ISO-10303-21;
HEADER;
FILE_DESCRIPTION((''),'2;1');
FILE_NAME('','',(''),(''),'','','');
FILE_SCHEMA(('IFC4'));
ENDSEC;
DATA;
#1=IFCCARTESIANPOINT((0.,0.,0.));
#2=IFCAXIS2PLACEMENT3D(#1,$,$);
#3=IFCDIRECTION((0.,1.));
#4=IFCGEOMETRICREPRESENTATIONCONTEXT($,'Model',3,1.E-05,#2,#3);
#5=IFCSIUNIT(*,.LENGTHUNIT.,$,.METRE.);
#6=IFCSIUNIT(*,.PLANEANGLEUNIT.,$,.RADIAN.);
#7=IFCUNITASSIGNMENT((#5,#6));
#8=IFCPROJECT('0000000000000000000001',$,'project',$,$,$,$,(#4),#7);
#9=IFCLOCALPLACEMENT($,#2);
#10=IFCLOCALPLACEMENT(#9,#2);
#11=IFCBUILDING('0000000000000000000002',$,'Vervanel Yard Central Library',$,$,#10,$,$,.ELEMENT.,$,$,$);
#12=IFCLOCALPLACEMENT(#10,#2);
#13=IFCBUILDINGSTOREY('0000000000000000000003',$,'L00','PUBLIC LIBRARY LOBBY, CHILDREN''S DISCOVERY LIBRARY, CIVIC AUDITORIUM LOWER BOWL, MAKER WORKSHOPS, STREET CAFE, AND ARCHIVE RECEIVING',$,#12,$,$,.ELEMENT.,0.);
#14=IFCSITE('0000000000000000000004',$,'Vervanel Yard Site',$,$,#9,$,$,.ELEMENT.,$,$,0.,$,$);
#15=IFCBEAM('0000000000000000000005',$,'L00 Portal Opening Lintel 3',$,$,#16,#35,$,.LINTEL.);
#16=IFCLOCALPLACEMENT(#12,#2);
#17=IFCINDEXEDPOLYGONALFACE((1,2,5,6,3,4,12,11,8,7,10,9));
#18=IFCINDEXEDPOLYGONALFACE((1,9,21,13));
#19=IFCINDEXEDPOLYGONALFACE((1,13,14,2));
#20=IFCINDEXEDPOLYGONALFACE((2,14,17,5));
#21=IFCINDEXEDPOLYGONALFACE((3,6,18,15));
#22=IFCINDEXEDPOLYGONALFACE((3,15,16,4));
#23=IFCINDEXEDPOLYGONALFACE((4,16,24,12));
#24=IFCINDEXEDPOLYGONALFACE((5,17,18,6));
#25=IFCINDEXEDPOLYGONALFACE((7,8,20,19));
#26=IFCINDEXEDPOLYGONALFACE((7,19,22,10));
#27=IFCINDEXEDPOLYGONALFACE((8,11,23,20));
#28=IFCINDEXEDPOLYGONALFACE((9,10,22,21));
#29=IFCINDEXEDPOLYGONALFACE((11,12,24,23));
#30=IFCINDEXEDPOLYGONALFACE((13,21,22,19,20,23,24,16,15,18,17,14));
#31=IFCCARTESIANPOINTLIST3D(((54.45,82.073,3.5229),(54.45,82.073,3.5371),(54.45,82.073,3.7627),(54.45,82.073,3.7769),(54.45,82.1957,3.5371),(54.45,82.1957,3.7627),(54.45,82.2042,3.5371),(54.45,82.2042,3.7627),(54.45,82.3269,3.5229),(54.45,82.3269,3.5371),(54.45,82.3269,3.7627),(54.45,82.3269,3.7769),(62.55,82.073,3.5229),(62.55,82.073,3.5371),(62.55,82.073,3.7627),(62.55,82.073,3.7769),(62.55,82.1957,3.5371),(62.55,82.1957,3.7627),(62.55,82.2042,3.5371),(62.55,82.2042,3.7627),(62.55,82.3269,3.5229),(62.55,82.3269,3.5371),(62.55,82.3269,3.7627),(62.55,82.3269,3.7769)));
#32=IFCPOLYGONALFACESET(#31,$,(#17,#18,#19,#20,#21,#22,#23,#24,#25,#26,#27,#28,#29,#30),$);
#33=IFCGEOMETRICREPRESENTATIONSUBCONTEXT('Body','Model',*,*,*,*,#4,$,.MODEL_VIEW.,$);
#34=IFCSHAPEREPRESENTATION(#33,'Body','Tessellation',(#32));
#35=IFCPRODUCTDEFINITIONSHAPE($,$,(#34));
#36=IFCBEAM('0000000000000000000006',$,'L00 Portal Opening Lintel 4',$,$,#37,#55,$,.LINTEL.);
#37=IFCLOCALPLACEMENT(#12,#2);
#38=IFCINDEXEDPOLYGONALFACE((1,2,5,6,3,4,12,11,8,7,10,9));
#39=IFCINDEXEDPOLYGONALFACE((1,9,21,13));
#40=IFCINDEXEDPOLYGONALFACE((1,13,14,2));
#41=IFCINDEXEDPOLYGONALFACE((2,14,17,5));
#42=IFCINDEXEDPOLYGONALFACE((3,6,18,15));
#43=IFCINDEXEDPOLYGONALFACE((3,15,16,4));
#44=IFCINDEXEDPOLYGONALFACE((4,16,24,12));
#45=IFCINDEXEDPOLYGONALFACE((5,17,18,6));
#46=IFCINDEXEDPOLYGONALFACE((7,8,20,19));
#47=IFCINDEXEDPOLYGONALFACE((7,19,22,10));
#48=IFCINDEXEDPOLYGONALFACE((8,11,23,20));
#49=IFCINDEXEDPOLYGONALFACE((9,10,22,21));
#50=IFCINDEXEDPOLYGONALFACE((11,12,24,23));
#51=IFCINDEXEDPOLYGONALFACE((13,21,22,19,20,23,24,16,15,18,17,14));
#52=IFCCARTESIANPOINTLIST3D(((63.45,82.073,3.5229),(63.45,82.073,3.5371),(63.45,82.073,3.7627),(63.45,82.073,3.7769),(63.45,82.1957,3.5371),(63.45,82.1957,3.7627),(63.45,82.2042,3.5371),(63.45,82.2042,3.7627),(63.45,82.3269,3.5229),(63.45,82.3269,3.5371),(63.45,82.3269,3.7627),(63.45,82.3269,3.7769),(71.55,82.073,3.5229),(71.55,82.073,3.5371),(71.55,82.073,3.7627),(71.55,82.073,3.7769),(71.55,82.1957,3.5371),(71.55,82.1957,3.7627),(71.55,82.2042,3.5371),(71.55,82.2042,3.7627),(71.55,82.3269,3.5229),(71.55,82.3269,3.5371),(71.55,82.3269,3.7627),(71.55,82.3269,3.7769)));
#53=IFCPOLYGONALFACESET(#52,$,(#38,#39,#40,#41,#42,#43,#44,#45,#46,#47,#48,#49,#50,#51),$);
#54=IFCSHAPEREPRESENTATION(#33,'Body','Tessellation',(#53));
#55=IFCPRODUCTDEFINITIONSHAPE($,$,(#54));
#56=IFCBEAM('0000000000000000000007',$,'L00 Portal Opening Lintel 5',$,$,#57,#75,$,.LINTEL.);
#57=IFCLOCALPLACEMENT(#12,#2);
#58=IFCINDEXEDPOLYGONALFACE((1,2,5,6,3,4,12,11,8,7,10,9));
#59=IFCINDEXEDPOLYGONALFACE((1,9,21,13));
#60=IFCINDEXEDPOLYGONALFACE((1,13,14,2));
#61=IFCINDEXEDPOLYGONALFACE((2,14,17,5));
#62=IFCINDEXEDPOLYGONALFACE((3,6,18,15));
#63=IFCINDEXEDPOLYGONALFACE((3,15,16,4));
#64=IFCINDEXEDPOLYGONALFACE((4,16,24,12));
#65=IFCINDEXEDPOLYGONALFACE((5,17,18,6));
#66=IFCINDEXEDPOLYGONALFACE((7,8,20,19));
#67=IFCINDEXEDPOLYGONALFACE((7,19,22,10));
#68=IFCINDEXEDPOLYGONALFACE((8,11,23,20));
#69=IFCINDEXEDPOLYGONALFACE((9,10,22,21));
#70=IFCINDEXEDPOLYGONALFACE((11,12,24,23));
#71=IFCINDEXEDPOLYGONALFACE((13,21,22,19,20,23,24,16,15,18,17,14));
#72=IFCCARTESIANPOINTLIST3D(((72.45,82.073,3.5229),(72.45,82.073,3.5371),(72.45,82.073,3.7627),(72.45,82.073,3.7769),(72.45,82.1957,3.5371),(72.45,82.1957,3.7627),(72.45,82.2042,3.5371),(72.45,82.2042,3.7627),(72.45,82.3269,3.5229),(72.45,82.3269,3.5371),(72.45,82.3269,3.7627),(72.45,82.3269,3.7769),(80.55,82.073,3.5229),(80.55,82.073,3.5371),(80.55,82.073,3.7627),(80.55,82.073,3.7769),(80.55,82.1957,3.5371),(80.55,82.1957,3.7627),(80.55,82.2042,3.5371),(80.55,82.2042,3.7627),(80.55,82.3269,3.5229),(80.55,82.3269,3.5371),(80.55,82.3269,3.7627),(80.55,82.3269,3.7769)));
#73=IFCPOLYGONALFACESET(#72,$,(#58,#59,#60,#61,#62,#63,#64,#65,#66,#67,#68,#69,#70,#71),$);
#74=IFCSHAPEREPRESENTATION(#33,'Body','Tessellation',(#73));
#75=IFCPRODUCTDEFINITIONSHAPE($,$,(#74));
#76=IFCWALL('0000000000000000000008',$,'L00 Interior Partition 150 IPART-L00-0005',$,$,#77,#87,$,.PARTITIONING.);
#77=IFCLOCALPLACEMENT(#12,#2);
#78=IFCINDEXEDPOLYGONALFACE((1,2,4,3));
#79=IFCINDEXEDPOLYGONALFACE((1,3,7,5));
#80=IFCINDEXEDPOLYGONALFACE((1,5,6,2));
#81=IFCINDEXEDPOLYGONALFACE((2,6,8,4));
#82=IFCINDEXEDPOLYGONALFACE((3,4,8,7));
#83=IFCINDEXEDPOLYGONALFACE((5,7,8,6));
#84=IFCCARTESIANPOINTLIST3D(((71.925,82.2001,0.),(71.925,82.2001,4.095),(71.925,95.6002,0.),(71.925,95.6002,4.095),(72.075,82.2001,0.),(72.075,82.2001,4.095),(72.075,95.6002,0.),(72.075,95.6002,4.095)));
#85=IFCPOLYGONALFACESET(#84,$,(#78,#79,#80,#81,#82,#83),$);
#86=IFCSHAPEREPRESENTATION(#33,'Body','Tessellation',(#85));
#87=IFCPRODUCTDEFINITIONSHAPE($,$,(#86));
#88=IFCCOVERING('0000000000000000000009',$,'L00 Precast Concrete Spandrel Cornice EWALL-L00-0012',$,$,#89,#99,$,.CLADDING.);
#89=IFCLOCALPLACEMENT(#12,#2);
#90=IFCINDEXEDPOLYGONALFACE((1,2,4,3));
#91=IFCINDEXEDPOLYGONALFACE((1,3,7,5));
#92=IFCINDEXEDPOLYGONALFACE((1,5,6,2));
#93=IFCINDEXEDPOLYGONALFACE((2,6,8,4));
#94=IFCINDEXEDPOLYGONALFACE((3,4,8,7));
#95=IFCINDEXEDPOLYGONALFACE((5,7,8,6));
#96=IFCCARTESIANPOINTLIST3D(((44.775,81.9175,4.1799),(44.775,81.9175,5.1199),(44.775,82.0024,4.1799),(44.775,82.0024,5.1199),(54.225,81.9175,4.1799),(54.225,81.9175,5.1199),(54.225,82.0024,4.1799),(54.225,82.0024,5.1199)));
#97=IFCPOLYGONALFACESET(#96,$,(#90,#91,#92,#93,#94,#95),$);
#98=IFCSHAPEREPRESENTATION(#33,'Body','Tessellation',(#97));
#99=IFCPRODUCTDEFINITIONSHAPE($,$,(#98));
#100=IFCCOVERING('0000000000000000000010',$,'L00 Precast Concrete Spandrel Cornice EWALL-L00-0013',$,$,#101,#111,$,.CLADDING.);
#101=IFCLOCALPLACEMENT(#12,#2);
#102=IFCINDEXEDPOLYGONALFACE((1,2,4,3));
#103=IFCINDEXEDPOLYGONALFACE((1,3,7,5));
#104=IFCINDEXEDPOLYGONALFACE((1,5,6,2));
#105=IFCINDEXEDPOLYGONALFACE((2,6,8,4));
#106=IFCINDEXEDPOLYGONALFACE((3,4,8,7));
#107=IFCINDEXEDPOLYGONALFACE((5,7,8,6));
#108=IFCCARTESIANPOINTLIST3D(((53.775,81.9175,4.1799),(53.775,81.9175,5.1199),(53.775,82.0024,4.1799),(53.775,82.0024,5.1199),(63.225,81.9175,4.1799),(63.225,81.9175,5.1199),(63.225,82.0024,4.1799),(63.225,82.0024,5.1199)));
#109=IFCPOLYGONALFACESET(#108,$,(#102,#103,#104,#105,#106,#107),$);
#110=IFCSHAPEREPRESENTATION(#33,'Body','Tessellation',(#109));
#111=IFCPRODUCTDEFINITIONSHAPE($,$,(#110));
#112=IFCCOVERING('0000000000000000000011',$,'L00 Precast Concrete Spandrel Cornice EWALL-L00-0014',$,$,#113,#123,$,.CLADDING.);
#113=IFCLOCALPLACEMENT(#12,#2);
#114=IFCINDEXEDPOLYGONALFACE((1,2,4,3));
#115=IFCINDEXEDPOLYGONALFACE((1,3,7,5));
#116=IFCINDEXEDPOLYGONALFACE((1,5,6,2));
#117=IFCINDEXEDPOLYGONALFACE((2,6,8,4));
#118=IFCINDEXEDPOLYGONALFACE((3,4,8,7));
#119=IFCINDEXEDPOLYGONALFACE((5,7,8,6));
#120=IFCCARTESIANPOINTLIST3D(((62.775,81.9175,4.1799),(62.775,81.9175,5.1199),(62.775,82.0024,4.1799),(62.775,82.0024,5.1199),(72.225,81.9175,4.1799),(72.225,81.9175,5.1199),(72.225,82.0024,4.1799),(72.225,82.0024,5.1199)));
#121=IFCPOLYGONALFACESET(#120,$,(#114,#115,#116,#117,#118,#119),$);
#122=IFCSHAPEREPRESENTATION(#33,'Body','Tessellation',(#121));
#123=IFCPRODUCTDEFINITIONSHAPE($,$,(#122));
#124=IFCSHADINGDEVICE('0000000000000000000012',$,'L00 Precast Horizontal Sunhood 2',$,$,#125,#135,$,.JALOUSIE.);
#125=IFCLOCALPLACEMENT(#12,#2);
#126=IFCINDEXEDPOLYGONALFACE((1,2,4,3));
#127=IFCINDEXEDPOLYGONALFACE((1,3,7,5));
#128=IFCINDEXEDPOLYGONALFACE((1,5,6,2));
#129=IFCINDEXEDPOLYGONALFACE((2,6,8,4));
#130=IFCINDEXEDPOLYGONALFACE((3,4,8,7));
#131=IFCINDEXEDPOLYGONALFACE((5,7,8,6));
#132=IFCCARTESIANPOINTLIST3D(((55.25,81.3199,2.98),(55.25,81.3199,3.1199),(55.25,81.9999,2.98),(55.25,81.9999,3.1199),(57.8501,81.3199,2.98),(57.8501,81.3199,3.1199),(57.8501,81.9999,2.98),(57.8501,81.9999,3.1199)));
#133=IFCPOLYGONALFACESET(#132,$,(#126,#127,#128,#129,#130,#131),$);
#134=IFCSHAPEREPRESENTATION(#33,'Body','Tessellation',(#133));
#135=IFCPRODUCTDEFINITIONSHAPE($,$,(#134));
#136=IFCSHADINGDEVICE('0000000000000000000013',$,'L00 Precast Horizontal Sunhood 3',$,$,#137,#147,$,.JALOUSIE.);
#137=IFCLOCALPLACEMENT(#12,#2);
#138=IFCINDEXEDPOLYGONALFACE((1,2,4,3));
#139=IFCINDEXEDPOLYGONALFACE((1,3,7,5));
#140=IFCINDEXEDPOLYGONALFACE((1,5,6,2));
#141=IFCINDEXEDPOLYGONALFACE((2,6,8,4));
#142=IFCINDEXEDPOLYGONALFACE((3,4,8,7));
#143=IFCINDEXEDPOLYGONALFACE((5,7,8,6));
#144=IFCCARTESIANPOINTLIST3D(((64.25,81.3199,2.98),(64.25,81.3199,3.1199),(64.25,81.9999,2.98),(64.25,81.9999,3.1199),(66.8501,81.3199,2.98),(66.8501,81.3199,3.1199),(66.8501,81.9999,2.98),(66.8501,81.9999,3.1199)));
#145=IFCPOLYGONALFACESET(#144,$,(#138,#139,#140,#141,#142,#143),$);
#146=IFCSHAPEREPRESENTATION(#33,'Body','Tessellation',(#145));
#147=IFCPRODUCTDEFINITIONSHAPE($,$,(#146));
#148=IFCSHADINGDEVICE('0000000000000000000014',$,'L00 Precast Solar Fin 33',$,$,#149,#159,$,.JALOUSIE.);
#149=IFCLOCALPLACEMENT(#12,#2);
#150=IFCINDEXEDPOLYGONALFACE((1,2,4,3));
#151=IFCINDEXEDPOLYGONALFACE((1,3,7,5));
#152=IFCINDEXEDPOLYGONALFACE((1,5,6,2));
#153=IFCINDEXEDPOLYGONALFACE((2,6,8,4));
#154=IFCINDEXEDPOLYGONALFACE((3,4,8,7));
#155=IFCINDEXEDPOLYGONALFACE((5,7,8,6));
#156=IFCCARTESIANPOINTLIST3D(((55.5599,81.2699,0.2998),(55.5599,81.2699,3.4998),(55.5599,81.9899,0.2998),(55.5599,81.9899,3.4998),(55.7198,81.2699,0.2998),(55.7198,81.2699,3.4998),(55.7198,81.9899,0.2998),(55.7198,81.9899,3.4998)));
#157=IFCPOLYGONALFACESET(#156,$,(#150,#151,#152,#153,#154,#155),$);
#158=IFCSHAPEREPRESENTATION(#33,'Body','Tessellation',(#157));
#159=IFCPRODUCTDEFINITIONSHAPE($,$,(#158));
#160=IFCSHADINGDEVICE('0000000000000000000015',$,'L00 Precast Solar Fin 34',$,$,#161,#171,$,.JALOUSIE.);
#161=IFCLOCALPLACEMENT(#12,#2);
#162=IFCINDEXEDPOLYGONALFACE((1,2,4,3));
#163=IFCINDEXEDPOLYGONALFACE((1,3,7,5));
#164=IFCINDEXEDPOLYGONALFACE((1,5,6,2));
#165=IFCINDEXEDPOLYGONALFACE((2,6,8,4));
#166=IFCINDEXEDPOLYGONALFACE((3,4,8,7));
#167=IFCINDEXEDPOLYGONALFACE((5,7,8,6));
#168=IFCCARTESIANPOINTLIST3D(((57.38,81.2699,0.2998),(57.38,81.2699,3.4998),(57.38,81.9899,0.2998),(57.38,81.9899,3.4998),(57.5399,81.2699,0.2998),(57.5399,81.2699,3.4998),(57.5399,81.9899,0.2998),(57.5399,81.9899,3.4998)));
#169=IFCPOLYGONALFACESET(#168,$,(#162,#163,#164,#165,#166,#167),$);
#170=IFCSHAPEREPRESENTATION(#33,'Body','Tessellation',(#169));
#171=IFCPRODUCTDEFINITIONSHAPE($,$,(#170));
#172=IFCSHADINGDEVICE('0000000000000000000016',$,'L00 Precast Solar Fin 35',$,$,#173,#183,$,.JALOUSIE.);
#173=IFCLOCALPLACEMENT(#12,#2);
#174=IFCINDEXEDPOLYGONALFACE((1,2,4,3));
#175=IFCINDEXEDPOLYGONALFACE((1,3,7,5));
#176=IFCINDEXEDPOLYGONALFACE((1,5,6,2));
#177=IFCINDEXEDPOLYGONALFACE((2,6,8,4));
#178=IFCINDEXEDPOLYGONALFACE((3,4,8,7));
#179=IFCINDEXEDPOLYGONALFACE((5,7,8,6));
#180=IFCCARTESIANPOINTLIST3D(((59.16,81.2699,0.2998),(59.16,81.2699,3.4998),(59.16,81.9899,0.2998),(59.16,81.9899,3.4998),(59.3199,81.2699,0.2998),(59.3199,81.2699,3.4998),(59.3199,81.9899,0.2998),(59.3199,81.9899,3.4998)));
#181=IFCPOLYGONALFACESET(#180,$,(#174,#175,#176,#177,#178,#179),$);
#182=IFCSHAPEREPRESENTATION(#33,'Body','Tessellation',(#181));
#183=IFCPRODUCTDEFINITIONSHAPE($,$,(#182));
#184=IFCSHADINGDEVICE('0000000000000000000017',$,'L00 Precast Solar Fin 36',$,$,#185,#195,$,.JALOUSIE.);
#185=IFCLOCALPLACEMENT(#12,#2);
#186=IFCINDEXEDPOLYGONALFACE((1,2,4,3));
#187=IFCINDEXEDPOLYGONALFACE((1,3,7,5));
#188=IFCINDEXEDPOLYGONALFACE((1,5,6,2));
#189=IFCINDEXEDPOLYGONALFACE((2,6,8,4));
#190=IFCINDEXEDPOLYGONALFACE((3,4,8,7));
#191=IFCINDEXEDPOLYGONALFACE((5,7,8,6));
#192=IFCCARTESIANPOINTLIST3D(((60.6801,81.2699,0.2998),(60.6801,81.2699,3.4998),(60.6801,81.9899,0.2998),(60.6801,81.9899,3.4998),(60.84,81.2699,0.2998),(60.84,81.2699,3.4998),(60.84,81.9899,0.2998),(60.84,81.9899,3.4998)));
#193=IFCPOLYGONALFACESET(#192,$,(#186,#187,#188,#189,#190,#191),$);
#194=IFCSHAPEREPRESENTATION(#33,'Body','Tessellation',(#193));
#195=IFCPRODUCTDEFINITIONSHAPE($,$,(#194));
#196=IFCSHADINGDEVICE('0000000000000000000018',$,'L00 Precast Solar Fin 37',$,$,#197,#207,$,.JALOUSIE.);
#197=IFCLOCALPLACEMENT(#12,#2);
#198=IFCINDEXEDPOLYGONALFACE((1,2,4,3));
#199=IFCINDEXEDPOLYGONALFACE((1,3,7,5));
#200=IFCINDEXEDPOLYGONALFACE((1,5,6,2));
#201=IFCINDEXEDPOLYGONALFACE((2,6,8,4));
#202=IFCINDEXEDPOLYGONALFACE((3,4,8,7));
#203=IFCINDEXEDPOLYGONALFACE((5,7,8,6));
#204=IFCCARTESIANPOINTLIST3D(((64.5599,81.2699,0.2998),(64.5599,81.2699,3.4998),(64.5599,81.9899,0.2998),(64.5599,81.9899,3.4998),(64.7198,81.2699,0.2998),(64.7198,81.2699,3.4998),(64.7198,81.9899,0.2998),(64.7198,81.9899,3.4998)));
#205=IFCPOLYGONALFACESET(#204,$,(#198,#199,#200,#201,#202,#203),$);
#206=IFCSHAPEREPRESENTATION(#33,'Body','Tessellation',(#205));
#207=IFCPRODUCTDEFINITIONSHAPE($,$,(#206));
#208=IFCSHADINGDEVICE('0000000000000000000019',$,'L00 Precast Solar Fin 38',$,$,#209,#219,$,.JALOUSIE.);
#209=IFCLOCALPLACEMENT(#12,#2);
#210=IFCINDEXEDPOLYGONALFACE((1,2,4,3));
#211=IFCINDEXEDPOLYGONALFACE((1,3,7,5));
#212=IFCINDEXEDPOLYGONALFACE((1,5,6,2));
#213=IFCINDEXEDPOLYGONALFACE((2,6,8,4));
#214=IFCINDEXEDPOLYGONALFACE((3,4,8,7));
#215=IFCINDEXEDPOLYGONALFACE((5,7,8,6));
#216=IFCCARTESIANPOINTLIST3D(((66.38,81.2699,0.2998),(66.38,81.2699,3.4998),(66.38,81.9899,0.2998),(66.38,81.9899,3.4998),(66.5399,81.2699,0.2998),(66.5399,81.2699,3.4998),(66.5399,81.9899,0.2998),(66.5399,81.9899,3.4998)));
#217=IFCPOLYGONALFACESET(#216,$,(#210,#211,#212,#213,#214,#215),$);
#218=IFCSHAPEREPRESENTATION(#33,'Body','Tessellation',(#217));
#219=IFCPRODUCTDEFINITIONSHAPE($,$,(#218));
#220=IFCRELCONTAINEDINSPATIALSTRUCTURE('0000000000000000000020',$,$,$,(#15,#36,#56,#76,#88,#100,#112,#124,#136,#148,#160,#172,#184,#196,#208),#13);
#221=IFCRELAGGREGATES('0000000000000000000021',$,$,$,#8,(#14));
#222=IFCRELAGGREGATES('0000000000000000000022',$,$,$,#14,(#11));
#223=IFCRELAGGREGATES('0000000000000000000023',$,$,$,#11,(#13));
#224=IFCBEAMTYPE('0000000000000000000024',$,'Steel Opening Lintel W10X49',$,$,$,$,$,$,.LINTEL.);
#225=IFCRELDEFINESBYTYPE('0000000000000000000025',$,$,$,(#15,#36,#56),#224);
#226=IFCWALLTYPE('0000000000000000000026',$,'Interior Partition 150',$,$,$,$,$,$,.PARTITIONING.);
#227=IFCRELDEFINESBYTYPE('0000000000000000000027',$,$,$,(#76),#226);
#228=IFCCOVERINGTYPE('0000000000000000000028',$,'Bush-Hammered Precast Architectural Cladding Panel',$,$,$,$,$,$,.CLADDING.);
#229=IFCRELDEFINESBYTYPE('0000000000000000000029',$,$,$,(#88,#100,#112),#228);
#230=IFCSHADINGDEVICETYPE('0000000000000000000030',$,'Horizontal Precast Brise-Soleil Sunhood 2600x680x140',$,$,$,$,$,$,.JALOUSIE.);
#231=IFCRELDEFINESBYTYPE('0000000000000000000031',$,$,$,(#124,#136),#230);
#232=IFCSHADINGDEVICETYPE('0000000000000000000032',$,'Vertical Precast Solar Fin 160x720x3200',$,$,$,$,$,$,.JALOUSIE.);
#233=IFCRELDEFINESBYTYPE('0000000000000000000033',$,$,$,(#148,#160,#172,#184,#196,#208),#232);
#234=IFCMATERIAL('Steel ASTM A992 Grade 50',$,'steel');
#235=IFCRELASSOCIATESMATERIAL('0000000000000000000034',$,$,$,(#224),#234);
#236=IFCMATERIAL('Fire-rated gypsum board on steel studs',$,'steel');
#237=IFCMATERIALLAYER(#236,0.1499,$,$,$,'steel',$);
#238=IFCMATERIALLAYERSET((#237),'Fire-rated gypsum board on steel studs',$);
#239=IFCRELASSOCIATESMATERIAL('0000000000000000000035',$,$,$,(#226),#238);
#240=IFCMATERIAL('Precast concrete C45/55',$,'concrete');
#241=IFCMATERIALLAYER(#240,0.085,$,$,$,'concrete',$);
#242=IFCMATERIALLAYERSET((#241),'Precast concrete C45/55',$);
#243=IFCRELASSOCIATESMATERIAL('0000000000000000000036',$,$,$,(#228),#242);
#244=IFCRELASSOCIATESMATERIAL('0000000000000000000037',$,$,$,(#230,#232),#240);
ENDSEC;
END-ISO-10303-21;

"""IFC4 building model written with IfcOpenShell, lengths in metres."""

from ifc_helpers import new_model, si_unit, direction, frame, frame_2d, origin, origin_2d, place, context, subcontext, project, spatial, rectangle, i_section, extrude, material, layer, layer_set, material_profile, profile_set, type_object, element, save


model = new_model("IFC4")

# Units and contexts
model_context = context("Model", 3, precision=1e-05, world=origin(), true_north=direction((0.0, 1.0)))
body_context = subcontext(model_context, "Body", "Model", "MODEL_VIEW")
ifc_project = project(units=[si_unit("LENGTHUNIT", "METRE"), si_unit("PLANEANGLEUNIT", "RADIAN")], contexts=[model_context])

# Site, building, storey
site_placement = place(None, origin())
site = spatial("IfcSite", under=ifc_project, at=site_placement, Name="Vervanel Yard Site", CompositionType="ELEMENT", RefElevation=0.0)
building_placement = place(site_placement, origin())
building = spatial("IfcBuilding", under=site, at=building_placement, Name="Vervanel Yard Central Library", CompositionType="ELEMENT")
storey_placement = place(building_placement, origin())
storey = spatial("IfcBuildingStorey", under=building, at=storey_placement, Name="L00", Description="PUBLIC LIBRARY LOBBY, CHILDREN'S DISCOVERY LIBRARY, CIVIC AUDITORIUM LOWER BOWL, MAKER WORKSHOPS, STREET CAFE, AND ARCHIVE RECEIVING", CompositionType="ELEMENT", Elevation=0.0)

# Beams
ifc_material_1 = material(Name="Steel ASTM A992 Grade 50", Category="steel")
ifc_material_profile = material_profile(ifc_material_1, i_section(OverallWidth=0.2539, OverallDepth=0.2539, WebThickness=0.0085, FlangeThickness=0.0142, at=origin_2d()), Name="W10X49", Category="steel")
ifc_profile_set = profile_set([ifc_material_profile], Name="Steel ASTM A992 Grade 50")
beam_type = type_object("IfcBeamType", Name="Steel Opening Lintel W10X49", PredefinedType="LINTEL", material=ifc_profile_set)
for number, where, z_axis, x_axis, name in (
    (1, (54.45, 82.2, 3.6499), (1.0, 0.0, 0.0), (0.0, 1.0, 0.0), "L00 Portal Opening Lintel 3"),
    (2, (63.45, 82.2, 3.6499), (1.0, 0.0, 0.0), (0.0, 1.0, 0.0), "L00 Portal Opening Lintel 4"),
    (3, (72.45, 82.2, 3.6499), (1.0, 0.0, 0.0), (0.0, 1.0, 0.0), "L00 Portal Opening Lintel 5"),
):
    element("IfcBeam", number, at=place(storey_placement, frame(where, z_axis=z_axis, x_axis=x_axis)), inside=storey, type_object=beam_type, Name=name, PredefinedType="LINTEL", context=body_context, shape_type="SweptSolid", body=[
        extrude(i_section(OverallWidth=0.2539, OverallDepth=0.2539, WebThickness=0.0085, FlangeThickness=0.0142, at=origin_2d()), origin(), (0.0, 0.0, 1.0), 8.1001),
    ])

# Wall
ifc_material_2 = material(Name="Fire-rated gypsum board on steel studs", Category="steel")
ifc_layer_1 = layer(ifc_material_2, 0.1499, Category="steel")
ifc_layer_set_1 = layer_set([ifc_layer_1], Name="Fire-rated gypsum board on steel studs")
wall_type = type_object("IfcWallType", Name="Interior Partition 150", PredefinedType="PARTITIONING", material=ifc_layer_set_1)
wall_placement = place(storey_placement, frame((72.0, 82.2, 0.0), z_axis=(0.0, 0.0, 1.0), x_axis=(0.0, 1.0, 0.0)))
element("IfcWall", 4, at=wall_placement, inside=storey, type_object=wall_type, Name="L00 Interior Partition 150 IPART-L00-0005", PredefinedType="PARTITIONING", context=body_context, shape_type="SweptSolid", body=[
    extrude(rectangle(XDim=13.4001, YDim=0.1499, at=frame_2d((6.7002, 0.0))), origin(), (0.0, 0.0, 1.0), 4.095),
])

# Coverings
ifc_material_3 = material(Name="Precast concrete C45/55", Category="concrete")
ifc_layer_2 = layer(ifc_material_3, 0.085, Category="concrete")
ifc_layer_set_2 = layer_set([ifc_layer_2], Name="Precast concrete C45/55")
covering_type = type_object("IfcCoveringType", Name="Bush-Hammered Precast Architectural Cladding Panel", PredefinedType="CLADDING", material=ifc_layer_set_2)
for number, where, z_axis, x_axis, name in (
    (5, (49.5, 81.96, 4.1799), (0.0, 0.0, 1.0), (1.0, 0.0, 0.0), "L00 Precast Concrete Spandrel Cornice EWALL-L00-0012"),
    (6, (58.5, 81.96, 4.1799), (0.0, 0.0, 1.0), (1.0, 0.0, 0.0), "L00 Precast Concrete Spandrel Cornice EWALL-L00-0013"),
    (7, (67.5, 81.96, 4.1799), (0.0, 0.0, 1.0), (1.0, 0.0, 0.0), "L00 Precast Concrete Spandrel Cornice EWALL-L00-0014"),
):
    element("IfcCovering", number, at=place(storey_placement, frame(where, z_axis=z_axis, x_axis=x_axis)), inside=storey, type_object=covering_type, Name=name, PredefinedType="CLADDING", context=body_context, shape_type="SweptSolid", body=[
        extrude(rectangle(XDim=9.45, YDim=0.085, at=origin_2d()), origin(), (0.0, 0.0, 1.0), 0.9399),
    ])

# Shading devices
shading_device_type_1 = type_object("IfcShadingDeviceType", Name="Horizontal Precast Brise-Soleil Sunhood 2600x680x140", PredefinedType="JALOUSIE", material=ifc_material_3)
for number, where, z_axis, x_axis, name in (
    (8, (56.55, 81.6599, 2.98), (0.0, 0.0, 1.0), (1.0, 0.0, 0.0), "L00 Precast Horizontal Sunhood 2"),
    (9, (65.55, 81.6599, 2.98), (0.0, 0.0, 1.0), (1.0, 0.0, 0.0), "L00 Precast Horizontal Sunhood 3"),
):
    element("IfcShadingDevice", number, at=place(storey_placement, frame(where, z_axis=z_axis, x_axis=x_axis)), inside=storey, type_object=shading_device_type_1, Name=name, PredefinedType="JALOUSIE", context=body_context, shape_type="SweptSolid", body=[
        extrude(rectangle(XDim=2.6001, YDim=0.6799, at=origin_2d()), origin(), (0.0, 0.0, 1.0), 0.1399),
    ])
shading_device_type_2 = type_object("IfcShadingDeviceType", Name="Vertical Precast Solar Fin 160x720x3200", PredefinedType="JALOUSIE", material=ifc_material_3)
for number, where, z_axis, x_axis, name in (
    (10, (55.6399, 81.6299, 0.2998), (0.0, 0.0, 1.0), (1.0, 0.0, 0.0), "L00 Precast Solar Fin 33"),
    (11, (57.46, 81.6299, 0.2998), (0.0, 0.0, 1.0), (1.0, 0.0, 0.0), "L00 Precast Solar Fin 34"),
    (12, (59.24, 81.6299, 0.2998), (0.0, 0.0, 1.0), (1.0, 0.0, 0.0), "L00 Precast Solar Fin 35"),
    (13, (60.76, 81.6299, 0.2998), (0.0, 0.0, 1.0), (1.0, 0.0, 0.0), "L00 Precast Solar Fin 36"),
    (14, (64.6399, 81.6299, 0.2998), (0.0, 0.0, 1.0), (1.0, 0.0, 0.0), "L00 Precast Solar Fin 37"),
    (15, (66.46, 81.6299, 0.2998), (0.0, 0.0, 1.0), (1.0, 0.0, 0.0), "L00 Precast Solar Fin 38"),
):
    element("IfcShadingDevice", number, at=place(storey_placement, frame(where, z_axis=z_axis, x_axis=x_axis)), inside=storey, type_object=shading_device_type_2, Name=name, PredefinedType="JALOUSIE", context=body_context, shape_type="SweptSolid", body=[
        extrude(rectangle(XDim=0.1599, YDim=0.72, at=origin_2d()), origin(), (0.0, 0.0, 1.0), 3.2),
    ])

save(model, "model.ifc")
